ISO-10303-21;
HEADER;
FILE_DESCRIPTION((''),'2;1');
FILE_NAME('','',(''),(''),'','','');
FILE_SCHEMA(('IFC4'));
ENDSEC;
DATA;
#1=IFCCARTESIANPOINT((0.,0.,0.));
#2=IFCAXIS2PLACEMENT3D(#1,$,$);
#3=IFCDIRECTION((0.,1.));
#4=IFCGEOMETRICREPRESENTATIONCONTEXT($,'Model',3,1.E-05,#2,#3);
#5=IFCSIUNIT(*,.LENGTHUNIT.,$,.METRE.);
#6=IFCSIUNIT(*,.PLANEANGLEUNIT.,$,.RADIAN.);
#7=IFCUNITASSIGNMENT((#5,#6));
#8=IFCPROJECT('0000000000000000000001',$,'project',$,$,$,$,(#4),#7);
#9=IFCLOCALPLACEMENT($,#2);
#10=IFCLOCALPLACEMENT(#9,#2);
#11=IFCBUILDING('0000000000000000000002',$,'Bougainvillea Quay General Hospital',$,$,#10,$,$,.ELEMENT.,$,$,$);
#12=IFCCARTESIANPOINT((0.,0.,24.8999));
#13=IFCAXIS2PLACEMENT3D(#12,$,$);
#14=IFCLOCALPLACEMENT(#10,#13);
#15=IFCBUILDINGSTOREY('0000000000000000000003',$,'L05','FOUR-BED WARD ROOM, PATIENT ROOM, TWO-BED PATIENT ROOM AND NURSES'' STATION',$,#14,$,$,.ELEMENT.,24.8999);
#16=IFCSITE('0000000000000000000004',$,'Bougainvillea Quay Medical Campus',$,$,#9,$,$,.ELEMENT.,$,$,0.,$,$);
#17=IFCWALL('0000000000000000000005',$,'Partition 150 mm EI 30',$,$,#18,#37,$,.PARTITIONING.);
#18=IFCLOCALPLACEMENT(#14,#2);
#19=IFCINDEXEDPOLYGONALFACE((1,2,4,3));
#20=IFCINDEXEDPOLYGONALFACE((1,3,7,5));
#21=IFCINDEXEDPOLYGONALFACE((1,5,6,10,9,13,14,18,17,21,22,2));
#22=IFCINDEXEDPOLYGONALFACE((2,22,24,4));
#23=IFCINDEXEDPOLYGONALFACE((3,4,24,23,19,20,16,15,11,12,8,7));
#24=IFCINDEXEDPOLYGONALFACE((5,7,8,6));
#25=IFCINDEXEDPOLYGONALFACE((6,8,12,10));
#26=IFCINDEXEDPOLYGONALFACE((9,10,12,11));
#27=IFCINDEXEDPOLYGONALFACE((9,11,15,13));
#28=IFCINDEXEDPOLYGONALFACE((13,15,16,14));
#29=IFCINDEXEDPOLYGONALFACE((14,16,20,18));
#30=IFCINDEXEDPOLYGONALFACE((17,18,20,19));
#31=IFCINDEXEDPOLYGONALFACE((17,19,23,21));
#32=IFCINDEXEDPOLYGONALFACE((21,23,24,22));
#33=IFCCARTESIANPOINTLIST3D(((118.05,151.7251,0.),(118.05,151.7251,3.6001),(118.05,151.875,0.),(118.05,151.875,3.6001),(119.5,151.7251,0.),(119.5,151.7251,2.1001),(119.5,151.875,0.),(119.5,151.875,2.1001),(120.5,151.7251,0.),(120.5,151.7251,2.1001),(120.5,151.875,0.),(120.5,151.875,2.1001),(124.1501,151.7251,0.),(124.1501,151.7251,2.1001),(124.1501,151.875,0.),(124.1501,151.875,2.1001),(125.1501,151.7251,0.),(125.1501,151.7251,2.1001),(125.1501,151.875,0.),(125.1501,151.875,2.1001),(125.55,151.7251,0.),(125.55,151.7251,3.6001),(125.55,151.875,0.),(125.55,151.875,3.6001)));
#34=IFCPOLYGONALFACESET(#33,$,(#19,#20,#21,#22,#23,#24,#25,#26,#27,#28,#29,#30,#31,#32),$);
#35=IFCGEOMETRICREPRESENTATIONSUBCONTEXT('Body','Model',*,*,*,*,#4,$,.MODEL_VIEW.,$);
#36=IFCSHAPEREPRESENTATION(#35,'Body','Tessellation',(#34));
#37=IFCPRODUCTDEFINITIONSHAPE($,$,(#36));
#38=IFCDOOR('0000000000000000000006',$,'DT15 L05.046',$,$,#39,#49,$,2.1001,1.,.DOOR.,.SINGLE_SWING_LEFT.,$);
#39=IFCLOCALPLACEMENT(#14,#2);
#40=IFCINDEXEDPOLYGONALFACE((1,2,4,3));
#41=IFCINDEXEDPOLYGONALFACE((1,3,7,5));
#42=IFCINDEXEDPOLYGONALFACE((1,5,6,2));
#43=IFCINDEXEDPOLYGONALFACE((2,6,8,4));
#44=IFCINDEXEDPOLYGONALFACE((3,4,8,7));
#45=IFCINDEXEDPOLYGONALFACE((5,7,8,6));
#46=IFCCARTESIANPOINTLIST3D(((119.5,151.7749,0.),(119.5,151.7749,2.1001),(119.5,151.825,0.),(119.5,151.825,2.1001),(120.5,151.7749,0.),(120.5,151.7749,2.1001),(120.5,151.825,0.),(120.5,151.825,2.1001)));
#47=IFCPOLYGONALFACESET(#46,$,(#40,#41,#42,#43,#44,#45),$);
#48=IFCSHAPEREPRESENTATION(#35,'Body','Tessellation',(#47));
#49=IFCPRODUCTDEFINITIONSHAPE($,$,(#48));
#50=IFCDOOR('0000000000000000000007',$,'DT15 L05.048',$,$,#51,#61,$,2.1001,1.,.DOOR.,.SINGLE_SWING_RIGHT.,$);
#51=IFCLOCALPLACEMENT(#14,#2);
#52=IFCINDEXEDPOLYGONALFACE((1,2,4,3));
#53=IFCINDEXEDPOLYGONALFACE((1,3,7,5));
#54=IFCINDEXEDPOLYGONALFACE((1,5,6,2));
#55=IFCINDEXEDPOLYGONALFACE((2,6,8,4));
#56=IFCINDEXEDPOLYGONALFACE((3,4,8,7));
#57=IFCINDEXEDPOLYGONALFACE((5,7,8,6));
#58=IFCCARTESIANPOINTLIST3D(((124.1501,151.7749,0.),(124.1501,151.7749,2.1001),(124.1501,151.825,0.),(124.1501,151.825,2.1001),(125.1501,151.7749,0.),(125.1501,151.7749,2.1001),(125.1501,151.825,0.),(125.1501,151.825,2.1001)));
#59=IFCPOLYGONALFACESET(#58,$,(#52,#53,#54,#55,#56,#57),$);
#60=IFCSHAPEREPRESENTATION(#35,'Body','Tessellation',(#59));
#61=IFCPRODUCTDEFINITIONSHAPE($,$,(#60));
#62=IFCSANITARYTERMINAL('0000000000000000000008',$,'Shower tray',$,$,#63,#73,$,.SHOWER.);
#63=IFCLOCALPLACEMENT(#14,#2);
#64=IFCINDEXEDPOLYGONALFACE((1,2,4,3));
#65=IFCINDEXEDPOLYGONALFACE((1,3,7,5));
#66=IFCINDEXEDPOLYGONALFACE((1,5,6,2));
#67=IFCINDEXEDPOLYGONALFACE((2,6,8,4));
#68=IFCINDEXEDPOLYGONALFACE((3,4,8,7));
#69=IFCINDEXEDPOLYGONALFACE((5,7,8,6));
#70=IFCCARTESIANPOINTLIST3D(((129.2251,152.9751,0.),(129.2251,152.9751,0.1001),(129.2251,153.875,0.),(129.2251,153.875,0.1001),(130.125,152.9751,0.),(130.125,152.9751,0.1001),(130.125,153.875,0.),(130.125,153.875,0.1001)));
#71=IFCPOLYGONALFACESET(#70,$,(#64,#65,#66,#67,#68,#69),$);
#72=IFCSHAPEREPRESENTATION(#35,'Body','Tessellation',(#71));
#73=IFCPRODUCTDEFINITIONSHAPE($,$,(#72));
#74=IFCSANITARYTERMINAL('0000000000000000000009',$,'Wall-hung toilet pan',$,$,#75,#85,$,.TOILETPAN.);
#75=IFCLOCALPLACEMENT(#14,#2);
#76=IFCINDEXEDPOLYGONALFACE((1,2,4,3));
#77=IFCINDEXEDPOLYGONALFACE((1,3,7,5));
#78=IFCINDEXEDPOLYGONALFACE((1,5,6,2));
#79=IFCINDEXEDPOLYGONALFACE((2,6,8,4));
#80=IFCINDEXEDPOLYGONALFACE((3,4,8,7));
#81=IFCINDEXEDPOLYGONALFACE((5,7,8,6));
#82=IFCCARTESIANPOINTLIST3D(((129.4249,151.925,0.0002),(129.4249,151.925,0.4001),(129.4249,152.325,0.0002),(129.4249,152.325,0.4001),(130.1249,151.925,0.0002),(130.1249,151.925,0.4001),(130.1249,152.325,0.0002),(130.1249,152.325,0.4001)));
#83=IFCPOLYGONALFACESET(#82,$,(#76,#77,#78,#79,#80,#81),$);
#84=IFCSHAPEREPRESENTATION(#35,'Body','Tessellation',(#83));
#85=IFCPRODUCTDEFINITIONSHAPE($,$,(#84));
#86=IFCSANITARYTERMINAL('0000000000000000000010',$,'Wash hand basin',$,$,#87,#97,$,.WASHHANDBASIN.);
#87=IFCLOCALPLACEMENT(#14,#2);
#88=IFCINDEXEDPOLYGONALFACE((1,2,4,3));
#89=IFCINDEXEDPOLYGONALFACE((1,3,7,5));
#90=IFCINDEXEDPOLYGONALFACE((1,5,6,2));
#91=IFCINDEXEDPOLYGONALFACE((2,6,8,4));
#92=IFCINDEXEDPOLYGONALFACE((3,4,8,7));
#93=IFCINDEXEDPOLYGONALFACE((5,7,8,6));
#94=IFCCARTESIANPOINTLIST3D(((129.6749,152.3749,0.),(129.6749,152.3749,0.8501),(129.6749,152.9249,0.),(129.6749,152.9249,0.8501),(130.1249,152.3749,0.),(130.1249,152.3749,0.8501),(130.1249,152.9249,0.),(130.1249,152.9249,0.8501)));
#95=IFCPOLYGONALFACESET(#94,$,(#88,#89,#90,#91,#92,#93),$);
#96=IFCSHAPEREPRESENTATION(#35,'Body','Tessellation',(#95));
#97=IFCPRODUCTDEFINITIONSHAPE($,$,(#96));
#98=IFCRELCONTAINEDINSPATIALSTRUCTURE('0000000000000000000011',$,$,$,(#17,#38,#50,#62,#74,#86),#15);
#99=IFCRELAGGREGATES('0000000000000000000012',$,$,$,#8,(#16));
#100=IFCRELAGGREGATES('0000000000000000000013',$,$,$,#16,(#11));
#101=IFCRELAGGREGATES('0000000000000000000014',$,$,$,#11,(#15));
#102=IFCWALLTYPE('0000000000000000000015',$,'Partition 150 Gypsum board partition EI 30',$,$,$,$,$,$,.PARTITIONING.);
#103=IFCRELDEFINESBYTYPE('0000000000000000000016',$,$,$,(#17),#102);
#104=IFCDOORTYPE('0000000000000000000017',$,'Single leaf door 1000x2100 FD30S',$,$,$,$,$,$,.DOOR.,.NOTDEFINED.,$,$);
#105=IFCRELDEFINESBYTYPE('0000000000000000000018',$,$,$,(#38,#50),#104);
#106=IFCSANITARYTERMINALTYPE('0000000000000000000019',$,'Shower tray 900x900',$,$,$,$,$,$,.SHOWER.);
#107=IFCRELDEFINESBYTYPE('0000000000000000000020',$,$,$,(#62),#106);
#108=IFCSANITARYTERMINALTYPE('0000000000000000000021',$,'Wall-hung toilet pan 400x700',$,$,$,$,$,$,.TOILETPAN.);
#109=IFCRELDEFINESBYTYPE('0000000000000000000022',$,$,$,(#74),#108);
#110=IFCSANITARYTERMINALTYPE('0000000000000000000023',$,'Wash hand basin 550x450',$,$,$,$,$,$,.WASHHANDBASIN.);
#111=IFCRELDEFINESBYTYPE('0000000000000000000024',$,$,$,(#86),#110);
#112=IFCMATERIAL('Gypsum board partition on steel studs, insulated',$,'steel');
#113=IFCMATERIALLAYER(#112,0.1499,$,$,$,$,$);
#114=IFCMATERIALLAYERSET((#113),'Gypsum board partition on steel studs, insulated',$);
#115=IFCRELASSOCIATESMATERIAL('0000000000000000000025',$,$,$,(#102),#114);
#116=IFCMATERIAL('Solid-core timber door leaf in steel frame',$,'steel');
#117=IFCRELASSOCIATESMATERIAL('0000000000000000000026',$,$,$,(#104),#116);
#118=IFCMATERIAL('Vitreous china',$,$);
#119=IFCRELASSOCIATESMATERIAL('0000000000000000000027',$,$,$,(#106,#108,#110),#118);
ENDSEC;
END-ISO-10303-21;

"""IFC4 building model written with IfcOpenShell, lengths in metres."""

from ifc_helpers import new_model, si_unit, direction, frame, frame_2d, origin, origin_2d, place, context, subcontext, project, spatial, rectangle, extrude, material, layer, layer_set, type_object, element, fill, save


model = new_model("IFC4")

# Units and contexts
model_context = context("Model", 3, precision=1e-05, world=origin(), true_north=direction((0.0, 1.0)))
body_context = subcontext(model_context, "Body", "Model", "MODEL_VIEW")
ifc_project = project(units=[si_unit("LENGTHUNIT", "METRE"), si_unit("PLANEANGLEUNIT", "RADIAN")], contexts=[model_context])

# Site, building, storey
site_placement = place(None, origin())
site = spatial("IfcSite", under=ifc_project, at=site_placement, Name="Bougainvillea Quay Medical Campus", CompositionType="ELEMENT", RefElevation=0.0)
building_placement = place(site_placement, origin())
building = spatial("IfcBuilding", under=site, at=building_placement, Name="Bougainvillea Quay General Hospital", CompositionType="ELEMENT")
storey_placement = place(building_placement, frame((0.0, 0.0, 24.8999)))
storey = spatial("IfcBuildingStorey", under=building, at=storey_placement, Name="L05", Description="FOUR-BED WARD ROOM, PATIENT ROOM, TWO-BED PATIENT ROOM AND NURSES' STATION", CompositionType="ELEMENT", Elevation=24.8999)

# Shared definitions
ifc_material_1 = material(Name="Gypsum board partition on steel studs, insulated", Category="steel")

# Shared definitions
ifc_material_2 = material(Name="Solid-core timber door leaf in steel frame", Category="steel")

# Wall, openings, doors
ifc_layer_1 = layer(ifc_material_1, 0.1499)
ifc_layer_set_1 = layer_set([ifc_layer_1], Name="Gypsum board partition on steel studs, insulated")
wall_type_1 = type_object("IfcWallType", Name="Partition 150 Gypsum board partition EI 30", PredefinedType="PARTITIONING", material=ifc_layer_set_1)
door_type_1 = type_object("IfcDoorType", Name="Single leaf door 1000x2100 FD30S", OperationType="NOTDEFINED", PredefinedType="DOOR", material=ifc_material_2)
wall_1_placement = place(storey_placement, frame((125.55, 151.8, 0.0), z_axis=(0.0, 0.0, 1.0), x_axis=(-1.0, 0.0, 0.0)))
wall_1 = element("IfcWall", 1, at=wall_1_placement, inside=storey, type_object=wall_type_1, Name="Partition 150 mm EI 30", PredefinedType="PARTITIONING", context=body_context, shape_type="SweptSolid", body=[
    extrude(rectangle(XDim=7.5, YDim=0.1499, at=frame_2d((3.75, 0.0))), origin(), (0.0, 0.0, 1.0), 3.6001),
])
opening_1_placement = place(wall_1_placement, frame((5.05, 0.0, 0.0)))
opening_1 = element("IfcOpeningElement", 2, at=opening_1_placement, cuts=wall_1, PredefinedType="OPENING", context=body_context, shape_type="SweptSolid", body=[
    extrude(rectangle(XDim=1.0, YDim=2.1001, at=frame_2d((0.5, 1.05))), frame((0.0, 0.085, 0.0), z_axis=(0.0, -1.0, 0.0), x_axis=(1.0, 0.0, 0.0)), (0.0, 0.0, 1.0), 0.1699),
])
opening_2_placement = place(wall_1_placement, frame((0.3999, 0.0, 0.0)))
opening_2 = element("IfcOpeningElement", 3, at=opening_2_placement, cuts=wall_1, PredefinedType="OPENING", context=body_context, shape_type="SweptSolid", body=[
    extrude(rectangle(XDim=1.0, YDim=2.1001, at=frame_2d((0.5, 1.05))), frame((0.0, 0.085, 0.0), z_axis=(0.0, -1.0, 0.0), x_axis=(1.0, 0.0, 0.0)), (0.0, 0.0, 1.0), 0.1699),
])
door_1_placement = place(opening_1_placement, frame((1.0, 0.0, 0.0), z_axis=(0.0, 0.0, 1.0), x_axis=(-1.0, 0.0, 0.0)))
door_1 = element("IfcDoor", 4, at=door_1_placement, inside=storey, type_object=door_type_1, Name="DT15 L05.046", OperationType="SINGLE_SWING_LEFT", OverallHeight=2.1001, OverallWidth=1.0, PredefinedType="DOOR", context=body_context, shape_type="SweptSolid", body=[
    extrude(rectangle(XDim=1.0, YDim=2.1001, at=frame_2d((0.5, 1.05))), frame((0.0, 0.0249, 0.0), z_axis=(0.0, -1.0, 0.0), x_axis=(1.0, 0.0, 0.0)), (0.0, 0.0, 1.0), 0.05),
])
fill(opening_1, door_1)
door_2_placement = place(opening_2_placement, frame((1.0, 0.0, 0.0), z_axis=(0.0, 0.0, 1.0), x_axis=(-1.0, 0.0, 0.0)))
door_2 = element("IfcDoor", 5, at=door_2_placement, inside=storey, type_object=door_type_1, Name="DT15 L05.048", OperationType="SINGLE_SWING_RIGHT", OverallHeight=2.1001, OverallWidth=1.0, PredefinedType="DOOR", context=body_context, shape_type="SweptSolid", body=[
    extrude(rectangle(XDim=1.0, YDim=2.1001, at=frame_2d((0.5, 1.05))), frame((0.0, 0.0249, 0.0), z_axis=(0.0, -1.0, 0.0), x_axis=(1.0, 0.0, 0.0)), (0.0, 0.0, 1.0), 0.05),
])
fill(opening_2, door_2)

# Sanitary terminals
ifc_material_3 = material(Name="Vitreous china")
sanitary_terminal_type_1 = type_object("IfcSanitaryTerminalType", Name="Shower tray 900x900", PredefinedType="SHOWER", material=ifc_material_3)
sanitary_terminal_1_placement = place(storey_placement, frame((129.675, 153.425, 0.0), z_axis=(0.0, 0.0, 1.0), x_axis=(0.0, -1.0, 0.0)))
element("IfcSanitaryTerminal", 6, at=sanitary_terminal_1_placement, inside=storey, type_object=sanitary_terminal_type_1, Name="Shower tray", PredefinedType="SHOWER", context=body_context, shape_type="SweptSolid", body=[
    extrude(rectangle(XDim=0.8999, YDim=0.8999, at=origin_2d()), origin(), (0.0, 0.0, 1.0), 0.1001),
])
sanitary_terminal_type_2 = type_object("IfcSanitaryTerminalType", Name="Wall-hung toilet pan 400x700", PredefinedType="TOILETPAN", material=ifc_material_3)
sanitary_terminal_2_placement = place(storey_placement, frame((129.7749, 152.125, 0.0002), z_axis=(0.0, 0.0, 1.0), x_axis=(0.0, -1.0, 0.0)))
element("IfcSanitaryTerminal", 7, at=sanitary_terminal_2_placement, inside=storey, type_object=sanitary_terminal_type_2, Name="Wall-hung toilet pan", PredefinedType="TOILETPAN", context=body_context, shape_type="SweptSolid", body=[
    extrude(rectangle(XDim=0.3999, YDim=0.7, at=origin_2d()), origin(), (0.0, 0.0, 1.0), 0.3999),
])
sanitary_terminal_type_3 = type_object("IfcSanitaryTerminalType", Name="Wash hand basin 550x450", PredefinedType="WASHHANDBASIN", material=ifc_material_3)
sanitary_terminal_3_placement = place(storey_placement, frame((129.8999, 152.6499, 0.0), z_axis=(0.0, 0.0, 1.0), x_axis=(0.0, -1.0, 0.0)))
element("IfcSanitaryTerminal", 8, at=sanitary_terminal_3_placement, inside=storey, type_object=sanitary_terminal_type_3, Name="Wash hand basin", PredefinedType="WASHHANDBASIN", context=body_context, shape_type="SweptSolid", body=[
    extrude(rectangle(XDim=0.55, YDim=0.45, at=origin_2d()), origin(), (0.0, 0.0, 1.0), 0.8501),
])

save(model, "model.ifc")
